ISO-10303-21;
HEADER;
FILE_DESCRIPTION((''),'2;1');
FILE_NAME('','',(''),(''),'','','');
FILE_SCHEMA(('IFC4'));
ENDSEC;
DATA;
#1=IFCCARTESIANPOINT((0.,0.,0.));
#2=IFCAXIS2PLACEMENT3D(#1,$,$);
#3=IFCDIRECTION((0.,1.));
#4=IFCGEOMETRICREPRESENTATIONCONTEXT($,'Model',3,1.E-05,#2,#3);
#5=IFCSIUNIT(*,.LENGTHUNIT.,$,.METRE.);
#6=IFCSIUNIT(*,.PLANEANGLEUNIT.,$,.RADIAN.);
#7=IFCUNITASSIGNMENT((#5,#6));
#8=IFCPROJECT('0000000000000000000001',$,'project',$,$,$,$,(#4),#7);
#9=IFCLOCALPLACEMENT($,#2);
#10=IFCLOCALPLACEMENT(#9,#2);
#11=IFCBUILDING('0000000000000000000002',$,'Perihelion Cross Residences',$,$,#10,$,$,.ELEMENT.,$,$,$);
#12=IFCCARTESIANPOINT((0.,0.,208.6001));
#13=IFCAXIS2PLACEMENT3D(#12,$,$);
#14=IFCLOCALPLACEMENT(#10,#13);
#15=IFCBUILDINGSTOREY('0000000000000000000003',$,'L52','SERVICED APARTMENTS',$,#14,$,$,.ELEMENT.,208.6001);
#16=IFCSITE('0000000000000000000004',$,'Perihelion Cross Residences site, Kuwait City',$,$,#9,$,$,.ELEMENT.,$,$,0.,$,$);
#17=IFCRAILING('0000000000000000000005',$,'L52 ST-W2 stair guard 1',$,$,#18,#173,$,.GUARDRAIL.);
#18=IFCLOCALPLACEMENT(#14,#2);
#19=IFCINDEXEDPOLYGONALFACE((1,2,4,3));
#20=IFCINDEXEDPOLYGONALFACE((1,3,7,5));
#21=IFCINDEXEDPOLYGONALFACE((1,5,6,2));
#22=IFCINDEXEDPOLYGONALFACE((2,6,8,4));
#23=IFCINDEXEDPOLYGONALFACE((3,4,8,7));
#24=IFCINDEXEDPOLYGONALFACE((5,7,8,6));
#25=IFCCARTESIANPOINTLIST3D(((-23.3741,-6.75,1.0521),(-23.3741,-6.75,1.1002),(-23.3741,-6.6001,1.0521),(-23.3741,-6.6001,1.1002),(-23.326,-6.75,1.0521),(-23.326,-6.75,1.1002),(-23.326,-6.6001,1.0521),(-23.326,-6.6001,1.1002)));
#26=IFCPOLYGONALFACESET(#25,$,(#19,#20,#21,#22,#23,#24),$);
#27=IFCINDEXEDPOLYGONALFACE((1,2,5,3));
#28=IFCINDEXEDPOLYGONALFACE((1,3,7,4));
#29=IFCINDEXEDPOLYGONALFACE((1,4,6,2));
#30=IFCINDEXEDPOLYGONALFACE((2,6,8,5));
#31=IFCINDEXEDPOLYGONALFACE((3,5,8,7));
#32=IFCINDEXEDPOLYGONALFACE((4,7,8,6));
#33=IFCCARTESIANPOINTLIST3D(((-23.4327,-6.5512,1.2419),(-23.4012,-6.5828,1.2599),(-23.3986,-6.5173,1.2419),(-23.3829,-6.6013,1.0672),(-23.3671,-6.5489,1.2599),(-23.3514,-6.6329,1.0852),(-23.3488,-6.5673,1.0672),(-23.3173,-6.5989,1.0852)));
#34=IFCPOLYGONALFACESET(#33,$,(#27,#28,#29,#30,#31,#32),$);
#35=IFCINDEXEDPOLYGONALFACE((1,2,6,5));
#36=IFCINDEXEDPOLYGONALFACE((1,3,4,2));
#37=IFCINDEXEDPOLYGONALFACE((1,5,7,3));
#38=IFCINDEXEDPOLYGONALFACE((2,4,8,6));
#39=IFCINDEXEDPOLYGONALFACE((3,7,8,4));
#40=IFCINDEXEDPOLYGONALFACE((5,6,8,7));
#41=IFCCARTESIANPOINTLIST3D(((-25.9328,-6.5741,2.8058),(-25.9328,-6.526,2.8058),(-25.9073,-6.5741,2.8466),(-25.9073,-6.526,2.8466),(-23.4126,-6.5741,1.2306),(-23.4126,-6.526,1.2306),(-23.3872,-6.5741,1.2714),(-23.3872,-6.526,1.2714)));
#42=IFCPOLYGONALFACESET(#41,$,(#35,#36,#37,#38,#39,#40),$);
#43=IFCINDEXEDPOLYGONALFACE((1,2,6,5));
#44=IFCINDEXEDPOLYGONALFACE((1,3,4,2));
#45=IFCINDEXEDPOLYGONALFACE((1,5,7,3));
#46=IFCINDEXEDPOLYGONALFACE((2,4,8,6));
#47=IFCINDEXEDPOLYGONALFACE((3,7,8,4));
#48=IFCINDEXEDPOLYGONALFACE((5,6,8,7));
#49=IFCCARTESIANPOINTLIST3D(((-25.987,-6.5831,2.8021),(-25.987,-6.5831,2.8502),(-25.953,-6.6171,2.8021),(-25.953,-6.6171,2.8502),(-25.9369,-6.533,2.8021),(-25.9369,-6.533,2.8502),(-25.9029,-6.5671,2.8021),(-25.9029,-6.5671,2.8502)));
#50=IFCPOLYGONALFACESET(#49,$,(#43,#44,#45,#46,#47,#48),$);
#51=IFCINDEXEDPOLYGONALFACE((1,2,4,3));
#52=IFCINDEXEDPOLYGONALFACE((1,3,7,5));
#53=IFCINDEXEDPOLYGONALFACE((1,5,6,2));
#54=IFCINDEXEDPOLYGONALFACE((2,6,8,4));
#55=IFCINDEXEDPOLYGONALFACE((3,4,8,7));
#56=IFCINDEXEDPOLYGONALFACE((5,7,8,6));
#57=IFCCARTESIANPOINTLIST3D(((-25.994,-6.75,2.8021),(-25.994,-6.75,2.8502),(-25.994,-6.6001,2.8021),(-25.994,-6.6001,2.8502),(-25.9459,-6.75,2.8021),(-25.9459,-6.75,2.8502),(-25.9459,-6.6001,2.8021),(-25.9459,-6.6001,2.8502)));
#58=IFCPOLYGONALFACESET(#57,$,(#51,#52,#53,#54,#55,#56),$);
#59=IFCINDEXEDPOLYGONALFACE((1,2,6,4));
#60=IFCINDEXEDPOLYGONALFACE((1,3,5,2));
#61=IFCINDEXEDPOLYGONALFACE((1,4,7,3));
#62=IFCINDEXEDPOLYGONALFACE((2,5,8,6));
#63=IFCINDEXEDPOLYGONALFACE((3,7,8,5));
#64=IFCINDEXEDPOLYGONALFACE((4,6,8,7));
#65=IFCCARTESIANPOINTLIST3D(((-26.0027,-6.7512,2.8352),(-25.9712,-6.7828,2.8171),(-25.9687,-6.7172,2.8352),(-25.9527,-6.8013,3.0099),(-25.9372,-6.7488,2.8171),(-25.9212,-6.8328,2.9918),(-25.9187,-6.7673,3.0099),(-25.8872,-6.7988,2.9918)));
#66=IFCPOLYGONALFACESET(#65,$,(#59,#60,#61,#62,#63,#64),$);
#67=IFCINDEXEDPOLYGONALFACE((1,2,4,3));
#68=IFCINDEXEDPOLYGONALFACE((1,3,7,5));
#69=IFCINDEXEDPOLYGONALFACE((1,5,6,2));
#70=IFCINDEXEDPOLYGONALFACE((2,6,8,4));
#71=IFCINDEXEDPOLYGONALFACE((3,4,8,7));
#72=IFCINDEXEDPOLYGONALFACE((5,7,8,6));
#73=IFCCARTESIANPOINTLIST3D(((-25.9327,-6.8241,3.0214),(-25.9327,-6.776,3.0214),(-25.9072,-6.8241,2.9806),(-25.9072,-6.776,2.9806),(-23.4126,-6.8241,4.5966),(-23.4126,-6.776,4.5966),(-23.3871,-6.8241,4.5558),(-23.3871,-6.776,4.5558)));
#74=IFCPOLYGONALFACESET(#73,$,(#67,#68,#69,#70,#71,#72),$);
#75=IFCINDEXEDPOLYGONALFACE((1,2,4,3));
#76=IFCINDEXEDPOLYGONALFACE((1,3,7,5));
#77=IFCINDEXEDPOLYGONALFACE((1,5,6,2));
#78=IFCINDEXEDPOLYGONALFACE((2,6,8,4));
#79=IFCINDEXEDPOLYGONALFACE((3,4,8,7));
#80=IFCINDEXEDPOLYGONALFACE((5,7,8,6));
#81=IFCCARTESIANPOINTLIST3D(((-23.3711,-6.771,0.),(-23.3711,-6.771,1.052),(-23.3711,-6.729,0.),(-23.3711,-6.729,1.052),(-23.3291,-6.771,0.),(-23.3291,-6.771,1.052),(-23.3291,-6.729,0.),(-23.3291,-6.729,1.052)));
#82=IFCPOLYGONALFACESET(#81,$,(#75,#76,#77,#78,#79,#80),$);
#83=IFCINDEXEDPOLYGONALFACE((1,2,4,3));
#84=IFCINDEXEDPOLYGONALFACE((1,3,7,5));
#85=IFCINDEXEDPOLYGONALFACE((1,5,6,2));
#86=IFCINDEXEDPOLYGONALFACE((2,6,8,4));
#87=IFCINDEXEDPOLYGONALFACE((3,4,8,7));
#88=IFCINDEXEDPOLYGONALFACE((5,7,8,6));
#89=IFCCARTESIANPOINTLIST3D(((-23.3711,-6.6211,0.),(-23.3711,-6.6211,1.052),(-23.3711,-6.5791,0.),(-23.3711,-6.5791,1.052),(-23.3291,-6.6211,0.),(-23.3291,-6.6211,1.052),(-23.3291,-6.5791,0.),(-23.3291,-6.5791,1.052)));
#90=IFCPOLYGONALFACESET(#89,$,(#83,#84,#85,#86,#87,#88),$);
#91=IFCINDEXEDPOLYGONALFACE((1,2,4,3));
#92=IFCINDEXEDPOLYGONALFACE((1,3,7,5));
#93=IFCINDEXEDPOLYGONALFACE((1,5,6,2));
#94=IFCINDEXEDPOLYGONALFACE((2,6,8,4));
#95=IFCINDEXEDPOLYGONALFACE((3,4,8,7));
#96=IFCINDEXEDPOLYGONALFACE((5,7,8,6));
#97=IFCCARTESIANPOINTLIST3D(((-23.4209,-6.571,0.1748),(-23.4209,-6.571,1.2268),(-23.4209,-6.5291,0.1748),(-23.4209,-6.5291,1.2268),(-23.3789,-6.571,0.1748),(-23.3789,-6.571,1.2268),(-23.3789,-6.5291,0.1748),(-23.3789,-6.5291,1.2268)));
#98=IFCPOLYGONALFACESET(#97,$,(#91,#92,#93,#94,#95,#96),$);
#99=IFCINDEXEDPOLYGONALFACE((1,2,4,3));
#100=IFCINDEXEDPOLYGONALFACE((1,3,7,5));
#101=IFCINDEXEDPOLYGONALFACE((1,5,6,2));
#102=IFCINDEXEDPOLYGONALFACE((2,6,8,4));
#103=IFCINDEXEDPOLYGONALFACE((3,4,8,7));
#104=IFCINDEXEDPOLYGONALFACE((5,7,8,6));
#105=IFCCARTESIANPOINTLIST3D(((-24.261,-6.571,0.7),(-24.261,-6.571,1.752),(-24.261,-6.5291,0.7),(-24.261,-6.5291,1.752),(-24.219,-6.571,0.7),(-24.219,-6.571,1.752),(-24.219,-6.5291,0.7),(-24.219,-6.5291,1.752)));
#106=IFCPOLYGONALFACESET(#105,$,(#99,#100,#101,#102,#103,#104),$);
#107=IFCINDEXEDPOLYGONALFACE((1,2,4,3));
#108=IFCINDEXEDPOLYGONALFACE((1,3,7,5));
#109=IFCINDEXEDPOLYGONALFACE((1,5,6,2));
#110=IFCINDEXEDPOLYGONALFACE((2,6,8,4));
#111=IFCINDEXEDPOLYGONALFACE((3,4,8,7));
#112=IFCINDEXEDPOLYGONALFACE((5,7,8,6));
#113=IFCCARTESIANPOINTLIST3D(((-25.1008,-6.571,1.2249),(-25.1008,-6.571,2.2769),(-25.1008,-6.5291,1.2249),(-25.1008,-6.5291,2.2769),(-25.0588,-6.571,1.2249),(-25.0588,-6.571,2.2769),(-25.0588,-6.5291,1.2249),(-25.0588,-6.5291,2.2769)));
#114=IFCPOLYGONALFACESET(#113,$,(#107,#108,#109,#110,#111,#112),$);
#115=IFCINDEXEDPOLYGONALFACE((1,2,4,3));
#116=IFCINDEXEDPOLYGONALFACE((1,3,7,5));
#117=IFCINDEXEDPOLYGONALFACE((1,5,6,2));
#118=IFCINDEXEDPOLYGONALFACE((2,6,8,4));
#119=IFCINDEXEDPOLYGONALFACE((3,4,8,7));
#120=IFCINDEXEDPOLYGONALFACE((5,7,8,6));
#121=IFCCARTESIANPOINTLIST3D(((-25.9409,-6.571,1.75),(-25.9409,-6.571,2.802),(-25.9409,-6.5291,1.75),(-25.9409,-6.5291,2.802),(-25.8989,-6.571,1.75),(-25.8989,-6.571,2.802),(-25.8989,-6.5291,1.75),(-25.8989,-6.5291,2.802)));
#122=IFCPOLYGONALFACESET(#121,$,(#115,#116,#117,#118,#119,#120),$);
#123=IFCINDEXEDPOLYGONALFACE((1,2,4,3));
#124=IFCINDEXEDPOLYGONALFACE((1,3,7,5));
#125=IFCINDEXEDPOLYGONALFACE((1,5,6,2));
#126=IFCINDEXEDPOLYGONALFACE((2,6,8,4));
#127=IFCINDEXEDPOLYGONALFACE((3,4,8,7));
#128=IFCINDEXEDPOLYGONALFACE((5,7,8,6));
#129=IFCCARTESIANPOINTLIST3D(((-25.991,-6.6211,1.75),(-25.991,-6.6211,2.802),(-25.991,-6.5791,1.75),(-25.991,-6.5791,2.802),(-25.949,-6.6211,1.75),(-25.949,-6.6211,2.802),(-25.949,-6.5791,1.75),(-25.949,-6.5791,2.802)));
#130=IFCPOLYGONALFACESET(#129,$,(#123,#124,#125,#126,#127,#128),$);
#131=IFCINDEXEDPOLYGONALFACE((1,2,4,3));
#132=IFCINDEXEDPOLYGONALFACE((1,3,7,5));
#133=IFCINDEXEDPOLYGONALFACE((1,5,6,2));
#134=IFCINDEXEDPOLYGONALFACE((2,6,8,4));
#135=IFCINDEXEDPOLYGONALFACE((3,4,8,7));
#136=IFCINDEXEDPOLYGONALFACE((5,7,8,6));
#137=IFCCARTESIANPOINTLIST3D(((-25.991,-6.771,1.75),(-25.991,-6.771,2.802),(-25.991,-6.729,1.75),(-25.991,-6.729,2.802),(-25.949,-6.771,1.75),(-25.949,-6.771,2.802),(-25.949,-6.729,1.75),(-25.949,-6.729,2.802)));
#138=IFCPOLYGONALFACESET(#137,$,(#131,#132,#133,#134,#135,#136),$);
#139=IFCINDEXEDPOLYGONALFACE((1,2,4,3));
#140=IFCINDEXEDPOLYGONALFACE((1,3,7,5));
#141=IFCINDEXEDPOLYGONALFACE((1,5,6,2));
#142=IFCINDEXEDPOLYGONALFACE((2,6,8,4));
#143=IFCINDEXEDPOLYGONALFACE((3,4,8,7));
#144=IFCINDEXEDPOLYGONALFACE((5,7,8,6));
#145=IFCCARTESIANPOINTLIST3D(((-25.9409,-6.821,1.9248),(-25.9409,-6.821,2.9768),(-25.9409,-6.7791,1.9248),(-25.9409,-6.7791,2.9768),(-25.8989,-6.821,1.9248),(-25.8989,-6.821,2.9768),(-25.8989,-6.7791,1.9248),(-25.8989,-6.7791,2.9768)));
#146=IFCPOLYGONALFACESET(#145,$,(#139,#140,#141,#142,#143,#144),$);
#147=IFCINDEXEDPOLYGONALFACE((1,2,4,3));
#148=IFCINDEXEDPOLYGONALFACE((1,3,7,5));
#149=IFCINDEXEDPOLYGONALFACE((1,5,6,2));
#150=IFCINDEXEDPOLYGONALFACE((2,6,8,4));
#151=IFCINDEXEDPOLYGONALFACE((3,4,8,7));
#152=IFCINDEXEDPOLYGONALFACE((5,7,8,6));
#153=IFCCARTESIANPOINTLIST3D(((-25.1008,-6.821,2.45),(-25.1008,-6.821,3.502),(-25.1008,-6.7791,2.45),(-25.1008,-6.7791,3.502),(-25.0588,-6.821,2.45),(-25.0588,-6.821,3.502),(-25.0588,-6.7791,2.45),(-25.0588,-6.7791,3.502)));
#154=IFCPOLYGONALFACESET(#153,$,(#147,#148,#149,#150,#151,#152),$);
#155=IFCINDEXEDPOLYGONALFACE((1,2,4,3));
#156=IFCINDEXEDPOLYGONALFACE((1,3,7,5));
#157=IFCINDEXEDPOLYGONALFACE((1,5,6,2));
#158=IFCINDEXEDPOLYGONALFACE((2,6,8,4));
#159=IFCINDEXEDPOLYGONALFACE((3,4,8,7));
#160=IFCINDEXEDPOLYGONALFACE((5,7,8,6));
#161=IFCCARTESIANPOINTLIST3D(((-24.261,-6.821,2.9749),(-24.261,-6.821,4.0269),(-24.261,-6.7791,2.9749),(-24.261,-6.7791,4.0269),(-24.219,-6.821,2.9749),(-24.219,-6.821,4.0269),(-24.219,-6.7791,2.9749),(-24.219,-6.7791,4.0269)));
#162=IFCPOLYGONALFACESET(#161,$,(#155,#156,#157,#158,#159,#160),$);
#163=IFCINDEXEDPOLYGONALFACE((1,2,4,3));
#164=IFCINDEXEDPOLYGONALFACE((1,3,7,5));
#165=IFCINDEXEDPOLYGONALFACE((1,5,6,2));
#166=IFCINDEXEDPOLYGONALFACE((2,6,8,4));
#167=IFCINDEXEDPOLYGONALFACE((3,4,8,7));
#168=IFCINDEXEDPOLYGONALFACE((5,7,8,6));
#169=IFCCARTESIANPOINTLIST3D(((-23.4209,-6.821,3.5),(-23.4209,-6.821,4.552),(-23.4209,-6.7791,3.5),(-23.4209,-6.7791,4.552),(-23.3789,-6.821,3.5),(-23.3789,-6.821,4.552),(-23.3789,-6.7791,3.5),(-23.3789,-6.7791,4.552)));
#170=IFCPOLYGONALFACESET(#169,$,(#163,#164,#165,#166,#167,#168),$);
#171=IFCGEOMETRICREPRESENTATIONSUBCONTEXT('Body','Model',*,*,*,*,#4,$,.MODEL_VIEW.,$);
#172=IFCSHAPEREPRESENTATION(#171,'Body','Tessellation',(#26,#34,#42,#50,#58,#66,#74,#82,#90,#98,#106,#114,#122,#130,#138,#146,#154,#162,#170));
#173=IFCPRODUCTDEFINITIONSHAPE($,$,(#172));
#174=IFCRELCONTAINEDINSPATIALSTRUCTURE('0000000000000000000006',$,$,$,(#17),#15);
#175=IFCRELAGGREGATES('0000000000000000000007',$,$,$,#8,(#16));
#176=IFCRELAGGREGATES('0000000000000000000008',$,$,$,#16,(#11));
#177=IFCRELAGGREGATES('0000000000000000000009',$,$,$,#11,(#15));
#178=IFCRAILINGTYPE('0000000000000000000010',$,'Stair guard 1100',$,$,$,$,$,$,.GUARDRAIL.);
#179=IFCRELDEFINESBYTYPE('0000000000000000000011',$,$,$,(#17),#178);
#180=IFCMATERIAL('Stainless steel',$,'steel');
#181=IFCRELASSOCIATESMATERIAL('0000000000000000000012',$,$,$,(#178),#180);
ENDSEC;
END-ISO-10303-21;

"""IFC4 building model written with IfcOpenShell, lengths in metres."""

from ifc_helpers import new_model, si_unit, direction, frame, origin, origin_2d, place, context, subcontext, project, spatial, rectangle, extrude, material, type_object, element, save


model = new_model("IFC4")

# Units and contexts
model_context = context("Model", 3, precision=1e-05, world=origin(), true_north=direction((0.0, 1.0)))
body_context = subcontext(model_context, "Body", "Model", "MODEL_VIEW")
ifc_project = project(units=[si_unit("LENGTHUNIT", "METRE"), si_unit("PLANEANGLEUNIT", "RADIAN")], contexts=[model_context])

# Site, building, storey
site_placement = place(None, origin())
site = spatial("IfcSite", under=ifc_project, at=site_placement, Name="Perihelion Cross Residences site, Kuwait City", CompositionType="ELEMENT", RefElevation=0.0)
building_placement = place(site_placement, origin())
building = spatial("IfcBuilding", under=site, at=building_placement, Name="Perihelion Cross Residences", CompositionType="ELEMENT")
storey_placement = place(building_placement, frame((0.0, 0.0, 208.6001)))
storey = spatial("IfcBuildingStorey", under=building, at=storey_placement, Name="L52", Description="SERVICED APARTMENTS", CompositionType="ELEMENT", Elevation=208.6001)

# Railing
ifc_material_1 = material(Name="Stainless steel", Category="steel")
railing_type_1 = type_object("IfcRailingType", Name="Stair guard 1100", PredefinedType="GUARDRAIL", material=ifc_material_1)
railing_1_placement = place(storey_placement, frame((-23.3501, -6.75, 0.0)))
element("IfcRailing", 1, at=railing_1_placement, inside=storey, type_object=railing_type_1, Name="L52 ST-W2 stair guard 1", PredefinedType="GUARDRAIL", context=body_context, shape_type="SweptSolid", body=[
    extrude(rectangle(XDim=0.0481, YDim=0.0481, at=origin_2d()), frame((0.0, 0.0, 1.0762), z_axis=(0.0, 1.0, 0.0), x_axis=(-1.0, 0.0, 0.0)), (0.0, 0.0, 1.0), 0.1499),
    extrude(rectangle(XDim=0.0481, YDim=0.0481, at=origin_2d()), frame((0.0, 0.1499, 1.0762), z_axis=(-0.264179, 0.265474, 0.927218), x_axis=(-0.708834, -0.705376, 0.0)), (0.0, 0.0, 1.0), 0.1885),
    extrude(rectangle(XDim=0.0481, YDim=0.0481, at=origin_2d()), frame((-0.0498, 0.2, 1.251), z_axis=(-0.847971, 0.0, 0.530043), x_axis=(0.0, -1.0, 0.0)), (0.0, 0.0, 1.0), 2.9719),
    extrude(rectangle(XDim=0.0481, YDim=0.0481, at=origin_2d()), frame((-2.5698, 0.2, 2.8262), z_axis=(-0.707107, -0.707107, 0.0), x_axis=(0.707107, -0.707107, 0.0)), (0.0, 0.0, 1.0), 0.0708),
    extrude(rectangle(XDim=0.0481, YDim=0.0481, at=origin_2d()), frame((-2.6199, 0.1499, 2.8262), z_axis=(0.0, -1.0, 0.0), x_axis=(1.0, 0.0, 0.0)), (0.0, 0.0, 1.0), 0.1499),
    extrude(rectangle(XDim=0.0481, YDim=0.0481, at=origin_2d()), frame((-2.6199, 0.0, 2.8262), z_axis=(0.265383, -0.265383, 0.9269), x_axis=(0.707107, 0.707107, 0.0)), (0.0, 0.0, 1.0), 0.1885),
    extrude(rectangle(XDim=0.0481, YDim=0.0481, at=origin_2d()), frame((-2.5698, -0.05, 3.001), z_axis=(0.847971, 0.0, 0.530043), x_axis=(0.0, 1.0, 0.0)), (0.0, 0.0, 1.0), 2.9719),
    extrude(rectangle(XDim=0.042, YDim=0.042, at=origin_2d()), origin(), (0.0, 0.0, 1.0), 1.052),
    extrude(rectangle(XDim=0.042, YDim=0.042, at=origin_2d()), frame((0.0, 0.1499, 0.0)), (0.0, 0.0, 1.0), 1.052),
    extrude(rectangle(XDim=0.042, YDim=0.042, at=origin_2d()), frame((-0.0498, 0.2, 0.1748)), (0.0, 0.0, 1.0), 1.052),
    extrude(rectangle(XDim=0.042, YDim=0.042, at=origin_2d()), frame((-0.8899, 0.2, 0.7)), (0.0, 0.0, 1.0), 1.052),
    extrude(rectangle(XDim=0.042, YDim=0.042, at=origin_2d()), frame((-1.7297, 0.2, 1.2249)), (0.0, 0.0, 1.0), 1.052),
    extrude(rectangle(XDim=0.042, YDim=0.042, at=origin_2d()), frame((-2.5698, 0.2, 1.75)), (0.0, 0.0, 1.0), 1.052),
    extrude(rectangle(XDim=0.042, YDim=0.042, at=origin_2d()), frame((-2.6199, 0.1499, 1.75)), (0.0, 0.0, 1.0), 1.052),
    extrude(rectangle(XDim=0.042, YDim=0.042, at=origin_2d()), frame((-2.6199, 0.0, 1.75)), (0.0, 0.0, 1.0), 1.052),
    extrude(rectangle(XDim=0.042, YDim=0.042, at=origin_2d()), frame((-2.5698, -0.05, 1.9248)), (0.0, 0.0, 1.0), 1.052),
    extrude(rectangle(XDim=0.042, YDim=0.042, at=origin_2d()), frame((-1.7297, -0.05, 2.45)), (0.0, 0.0, 1.0), 1.052),
    extrude(rectangle(XDim=0.042, YDim=0.042, at=origin_2d()), frame((-0.8899, -0.05, 2.9749)), (0.0, 0.0, 1.0), 1.052),
    extrude(rectangle(XDim=0.042, YDim=0.042, at=origin_2d()), frame((-0.0498, -0.05, 3.5)), (0.0, 0.0, 1.0), 1.052),
])

save(model, "model.ifc")
